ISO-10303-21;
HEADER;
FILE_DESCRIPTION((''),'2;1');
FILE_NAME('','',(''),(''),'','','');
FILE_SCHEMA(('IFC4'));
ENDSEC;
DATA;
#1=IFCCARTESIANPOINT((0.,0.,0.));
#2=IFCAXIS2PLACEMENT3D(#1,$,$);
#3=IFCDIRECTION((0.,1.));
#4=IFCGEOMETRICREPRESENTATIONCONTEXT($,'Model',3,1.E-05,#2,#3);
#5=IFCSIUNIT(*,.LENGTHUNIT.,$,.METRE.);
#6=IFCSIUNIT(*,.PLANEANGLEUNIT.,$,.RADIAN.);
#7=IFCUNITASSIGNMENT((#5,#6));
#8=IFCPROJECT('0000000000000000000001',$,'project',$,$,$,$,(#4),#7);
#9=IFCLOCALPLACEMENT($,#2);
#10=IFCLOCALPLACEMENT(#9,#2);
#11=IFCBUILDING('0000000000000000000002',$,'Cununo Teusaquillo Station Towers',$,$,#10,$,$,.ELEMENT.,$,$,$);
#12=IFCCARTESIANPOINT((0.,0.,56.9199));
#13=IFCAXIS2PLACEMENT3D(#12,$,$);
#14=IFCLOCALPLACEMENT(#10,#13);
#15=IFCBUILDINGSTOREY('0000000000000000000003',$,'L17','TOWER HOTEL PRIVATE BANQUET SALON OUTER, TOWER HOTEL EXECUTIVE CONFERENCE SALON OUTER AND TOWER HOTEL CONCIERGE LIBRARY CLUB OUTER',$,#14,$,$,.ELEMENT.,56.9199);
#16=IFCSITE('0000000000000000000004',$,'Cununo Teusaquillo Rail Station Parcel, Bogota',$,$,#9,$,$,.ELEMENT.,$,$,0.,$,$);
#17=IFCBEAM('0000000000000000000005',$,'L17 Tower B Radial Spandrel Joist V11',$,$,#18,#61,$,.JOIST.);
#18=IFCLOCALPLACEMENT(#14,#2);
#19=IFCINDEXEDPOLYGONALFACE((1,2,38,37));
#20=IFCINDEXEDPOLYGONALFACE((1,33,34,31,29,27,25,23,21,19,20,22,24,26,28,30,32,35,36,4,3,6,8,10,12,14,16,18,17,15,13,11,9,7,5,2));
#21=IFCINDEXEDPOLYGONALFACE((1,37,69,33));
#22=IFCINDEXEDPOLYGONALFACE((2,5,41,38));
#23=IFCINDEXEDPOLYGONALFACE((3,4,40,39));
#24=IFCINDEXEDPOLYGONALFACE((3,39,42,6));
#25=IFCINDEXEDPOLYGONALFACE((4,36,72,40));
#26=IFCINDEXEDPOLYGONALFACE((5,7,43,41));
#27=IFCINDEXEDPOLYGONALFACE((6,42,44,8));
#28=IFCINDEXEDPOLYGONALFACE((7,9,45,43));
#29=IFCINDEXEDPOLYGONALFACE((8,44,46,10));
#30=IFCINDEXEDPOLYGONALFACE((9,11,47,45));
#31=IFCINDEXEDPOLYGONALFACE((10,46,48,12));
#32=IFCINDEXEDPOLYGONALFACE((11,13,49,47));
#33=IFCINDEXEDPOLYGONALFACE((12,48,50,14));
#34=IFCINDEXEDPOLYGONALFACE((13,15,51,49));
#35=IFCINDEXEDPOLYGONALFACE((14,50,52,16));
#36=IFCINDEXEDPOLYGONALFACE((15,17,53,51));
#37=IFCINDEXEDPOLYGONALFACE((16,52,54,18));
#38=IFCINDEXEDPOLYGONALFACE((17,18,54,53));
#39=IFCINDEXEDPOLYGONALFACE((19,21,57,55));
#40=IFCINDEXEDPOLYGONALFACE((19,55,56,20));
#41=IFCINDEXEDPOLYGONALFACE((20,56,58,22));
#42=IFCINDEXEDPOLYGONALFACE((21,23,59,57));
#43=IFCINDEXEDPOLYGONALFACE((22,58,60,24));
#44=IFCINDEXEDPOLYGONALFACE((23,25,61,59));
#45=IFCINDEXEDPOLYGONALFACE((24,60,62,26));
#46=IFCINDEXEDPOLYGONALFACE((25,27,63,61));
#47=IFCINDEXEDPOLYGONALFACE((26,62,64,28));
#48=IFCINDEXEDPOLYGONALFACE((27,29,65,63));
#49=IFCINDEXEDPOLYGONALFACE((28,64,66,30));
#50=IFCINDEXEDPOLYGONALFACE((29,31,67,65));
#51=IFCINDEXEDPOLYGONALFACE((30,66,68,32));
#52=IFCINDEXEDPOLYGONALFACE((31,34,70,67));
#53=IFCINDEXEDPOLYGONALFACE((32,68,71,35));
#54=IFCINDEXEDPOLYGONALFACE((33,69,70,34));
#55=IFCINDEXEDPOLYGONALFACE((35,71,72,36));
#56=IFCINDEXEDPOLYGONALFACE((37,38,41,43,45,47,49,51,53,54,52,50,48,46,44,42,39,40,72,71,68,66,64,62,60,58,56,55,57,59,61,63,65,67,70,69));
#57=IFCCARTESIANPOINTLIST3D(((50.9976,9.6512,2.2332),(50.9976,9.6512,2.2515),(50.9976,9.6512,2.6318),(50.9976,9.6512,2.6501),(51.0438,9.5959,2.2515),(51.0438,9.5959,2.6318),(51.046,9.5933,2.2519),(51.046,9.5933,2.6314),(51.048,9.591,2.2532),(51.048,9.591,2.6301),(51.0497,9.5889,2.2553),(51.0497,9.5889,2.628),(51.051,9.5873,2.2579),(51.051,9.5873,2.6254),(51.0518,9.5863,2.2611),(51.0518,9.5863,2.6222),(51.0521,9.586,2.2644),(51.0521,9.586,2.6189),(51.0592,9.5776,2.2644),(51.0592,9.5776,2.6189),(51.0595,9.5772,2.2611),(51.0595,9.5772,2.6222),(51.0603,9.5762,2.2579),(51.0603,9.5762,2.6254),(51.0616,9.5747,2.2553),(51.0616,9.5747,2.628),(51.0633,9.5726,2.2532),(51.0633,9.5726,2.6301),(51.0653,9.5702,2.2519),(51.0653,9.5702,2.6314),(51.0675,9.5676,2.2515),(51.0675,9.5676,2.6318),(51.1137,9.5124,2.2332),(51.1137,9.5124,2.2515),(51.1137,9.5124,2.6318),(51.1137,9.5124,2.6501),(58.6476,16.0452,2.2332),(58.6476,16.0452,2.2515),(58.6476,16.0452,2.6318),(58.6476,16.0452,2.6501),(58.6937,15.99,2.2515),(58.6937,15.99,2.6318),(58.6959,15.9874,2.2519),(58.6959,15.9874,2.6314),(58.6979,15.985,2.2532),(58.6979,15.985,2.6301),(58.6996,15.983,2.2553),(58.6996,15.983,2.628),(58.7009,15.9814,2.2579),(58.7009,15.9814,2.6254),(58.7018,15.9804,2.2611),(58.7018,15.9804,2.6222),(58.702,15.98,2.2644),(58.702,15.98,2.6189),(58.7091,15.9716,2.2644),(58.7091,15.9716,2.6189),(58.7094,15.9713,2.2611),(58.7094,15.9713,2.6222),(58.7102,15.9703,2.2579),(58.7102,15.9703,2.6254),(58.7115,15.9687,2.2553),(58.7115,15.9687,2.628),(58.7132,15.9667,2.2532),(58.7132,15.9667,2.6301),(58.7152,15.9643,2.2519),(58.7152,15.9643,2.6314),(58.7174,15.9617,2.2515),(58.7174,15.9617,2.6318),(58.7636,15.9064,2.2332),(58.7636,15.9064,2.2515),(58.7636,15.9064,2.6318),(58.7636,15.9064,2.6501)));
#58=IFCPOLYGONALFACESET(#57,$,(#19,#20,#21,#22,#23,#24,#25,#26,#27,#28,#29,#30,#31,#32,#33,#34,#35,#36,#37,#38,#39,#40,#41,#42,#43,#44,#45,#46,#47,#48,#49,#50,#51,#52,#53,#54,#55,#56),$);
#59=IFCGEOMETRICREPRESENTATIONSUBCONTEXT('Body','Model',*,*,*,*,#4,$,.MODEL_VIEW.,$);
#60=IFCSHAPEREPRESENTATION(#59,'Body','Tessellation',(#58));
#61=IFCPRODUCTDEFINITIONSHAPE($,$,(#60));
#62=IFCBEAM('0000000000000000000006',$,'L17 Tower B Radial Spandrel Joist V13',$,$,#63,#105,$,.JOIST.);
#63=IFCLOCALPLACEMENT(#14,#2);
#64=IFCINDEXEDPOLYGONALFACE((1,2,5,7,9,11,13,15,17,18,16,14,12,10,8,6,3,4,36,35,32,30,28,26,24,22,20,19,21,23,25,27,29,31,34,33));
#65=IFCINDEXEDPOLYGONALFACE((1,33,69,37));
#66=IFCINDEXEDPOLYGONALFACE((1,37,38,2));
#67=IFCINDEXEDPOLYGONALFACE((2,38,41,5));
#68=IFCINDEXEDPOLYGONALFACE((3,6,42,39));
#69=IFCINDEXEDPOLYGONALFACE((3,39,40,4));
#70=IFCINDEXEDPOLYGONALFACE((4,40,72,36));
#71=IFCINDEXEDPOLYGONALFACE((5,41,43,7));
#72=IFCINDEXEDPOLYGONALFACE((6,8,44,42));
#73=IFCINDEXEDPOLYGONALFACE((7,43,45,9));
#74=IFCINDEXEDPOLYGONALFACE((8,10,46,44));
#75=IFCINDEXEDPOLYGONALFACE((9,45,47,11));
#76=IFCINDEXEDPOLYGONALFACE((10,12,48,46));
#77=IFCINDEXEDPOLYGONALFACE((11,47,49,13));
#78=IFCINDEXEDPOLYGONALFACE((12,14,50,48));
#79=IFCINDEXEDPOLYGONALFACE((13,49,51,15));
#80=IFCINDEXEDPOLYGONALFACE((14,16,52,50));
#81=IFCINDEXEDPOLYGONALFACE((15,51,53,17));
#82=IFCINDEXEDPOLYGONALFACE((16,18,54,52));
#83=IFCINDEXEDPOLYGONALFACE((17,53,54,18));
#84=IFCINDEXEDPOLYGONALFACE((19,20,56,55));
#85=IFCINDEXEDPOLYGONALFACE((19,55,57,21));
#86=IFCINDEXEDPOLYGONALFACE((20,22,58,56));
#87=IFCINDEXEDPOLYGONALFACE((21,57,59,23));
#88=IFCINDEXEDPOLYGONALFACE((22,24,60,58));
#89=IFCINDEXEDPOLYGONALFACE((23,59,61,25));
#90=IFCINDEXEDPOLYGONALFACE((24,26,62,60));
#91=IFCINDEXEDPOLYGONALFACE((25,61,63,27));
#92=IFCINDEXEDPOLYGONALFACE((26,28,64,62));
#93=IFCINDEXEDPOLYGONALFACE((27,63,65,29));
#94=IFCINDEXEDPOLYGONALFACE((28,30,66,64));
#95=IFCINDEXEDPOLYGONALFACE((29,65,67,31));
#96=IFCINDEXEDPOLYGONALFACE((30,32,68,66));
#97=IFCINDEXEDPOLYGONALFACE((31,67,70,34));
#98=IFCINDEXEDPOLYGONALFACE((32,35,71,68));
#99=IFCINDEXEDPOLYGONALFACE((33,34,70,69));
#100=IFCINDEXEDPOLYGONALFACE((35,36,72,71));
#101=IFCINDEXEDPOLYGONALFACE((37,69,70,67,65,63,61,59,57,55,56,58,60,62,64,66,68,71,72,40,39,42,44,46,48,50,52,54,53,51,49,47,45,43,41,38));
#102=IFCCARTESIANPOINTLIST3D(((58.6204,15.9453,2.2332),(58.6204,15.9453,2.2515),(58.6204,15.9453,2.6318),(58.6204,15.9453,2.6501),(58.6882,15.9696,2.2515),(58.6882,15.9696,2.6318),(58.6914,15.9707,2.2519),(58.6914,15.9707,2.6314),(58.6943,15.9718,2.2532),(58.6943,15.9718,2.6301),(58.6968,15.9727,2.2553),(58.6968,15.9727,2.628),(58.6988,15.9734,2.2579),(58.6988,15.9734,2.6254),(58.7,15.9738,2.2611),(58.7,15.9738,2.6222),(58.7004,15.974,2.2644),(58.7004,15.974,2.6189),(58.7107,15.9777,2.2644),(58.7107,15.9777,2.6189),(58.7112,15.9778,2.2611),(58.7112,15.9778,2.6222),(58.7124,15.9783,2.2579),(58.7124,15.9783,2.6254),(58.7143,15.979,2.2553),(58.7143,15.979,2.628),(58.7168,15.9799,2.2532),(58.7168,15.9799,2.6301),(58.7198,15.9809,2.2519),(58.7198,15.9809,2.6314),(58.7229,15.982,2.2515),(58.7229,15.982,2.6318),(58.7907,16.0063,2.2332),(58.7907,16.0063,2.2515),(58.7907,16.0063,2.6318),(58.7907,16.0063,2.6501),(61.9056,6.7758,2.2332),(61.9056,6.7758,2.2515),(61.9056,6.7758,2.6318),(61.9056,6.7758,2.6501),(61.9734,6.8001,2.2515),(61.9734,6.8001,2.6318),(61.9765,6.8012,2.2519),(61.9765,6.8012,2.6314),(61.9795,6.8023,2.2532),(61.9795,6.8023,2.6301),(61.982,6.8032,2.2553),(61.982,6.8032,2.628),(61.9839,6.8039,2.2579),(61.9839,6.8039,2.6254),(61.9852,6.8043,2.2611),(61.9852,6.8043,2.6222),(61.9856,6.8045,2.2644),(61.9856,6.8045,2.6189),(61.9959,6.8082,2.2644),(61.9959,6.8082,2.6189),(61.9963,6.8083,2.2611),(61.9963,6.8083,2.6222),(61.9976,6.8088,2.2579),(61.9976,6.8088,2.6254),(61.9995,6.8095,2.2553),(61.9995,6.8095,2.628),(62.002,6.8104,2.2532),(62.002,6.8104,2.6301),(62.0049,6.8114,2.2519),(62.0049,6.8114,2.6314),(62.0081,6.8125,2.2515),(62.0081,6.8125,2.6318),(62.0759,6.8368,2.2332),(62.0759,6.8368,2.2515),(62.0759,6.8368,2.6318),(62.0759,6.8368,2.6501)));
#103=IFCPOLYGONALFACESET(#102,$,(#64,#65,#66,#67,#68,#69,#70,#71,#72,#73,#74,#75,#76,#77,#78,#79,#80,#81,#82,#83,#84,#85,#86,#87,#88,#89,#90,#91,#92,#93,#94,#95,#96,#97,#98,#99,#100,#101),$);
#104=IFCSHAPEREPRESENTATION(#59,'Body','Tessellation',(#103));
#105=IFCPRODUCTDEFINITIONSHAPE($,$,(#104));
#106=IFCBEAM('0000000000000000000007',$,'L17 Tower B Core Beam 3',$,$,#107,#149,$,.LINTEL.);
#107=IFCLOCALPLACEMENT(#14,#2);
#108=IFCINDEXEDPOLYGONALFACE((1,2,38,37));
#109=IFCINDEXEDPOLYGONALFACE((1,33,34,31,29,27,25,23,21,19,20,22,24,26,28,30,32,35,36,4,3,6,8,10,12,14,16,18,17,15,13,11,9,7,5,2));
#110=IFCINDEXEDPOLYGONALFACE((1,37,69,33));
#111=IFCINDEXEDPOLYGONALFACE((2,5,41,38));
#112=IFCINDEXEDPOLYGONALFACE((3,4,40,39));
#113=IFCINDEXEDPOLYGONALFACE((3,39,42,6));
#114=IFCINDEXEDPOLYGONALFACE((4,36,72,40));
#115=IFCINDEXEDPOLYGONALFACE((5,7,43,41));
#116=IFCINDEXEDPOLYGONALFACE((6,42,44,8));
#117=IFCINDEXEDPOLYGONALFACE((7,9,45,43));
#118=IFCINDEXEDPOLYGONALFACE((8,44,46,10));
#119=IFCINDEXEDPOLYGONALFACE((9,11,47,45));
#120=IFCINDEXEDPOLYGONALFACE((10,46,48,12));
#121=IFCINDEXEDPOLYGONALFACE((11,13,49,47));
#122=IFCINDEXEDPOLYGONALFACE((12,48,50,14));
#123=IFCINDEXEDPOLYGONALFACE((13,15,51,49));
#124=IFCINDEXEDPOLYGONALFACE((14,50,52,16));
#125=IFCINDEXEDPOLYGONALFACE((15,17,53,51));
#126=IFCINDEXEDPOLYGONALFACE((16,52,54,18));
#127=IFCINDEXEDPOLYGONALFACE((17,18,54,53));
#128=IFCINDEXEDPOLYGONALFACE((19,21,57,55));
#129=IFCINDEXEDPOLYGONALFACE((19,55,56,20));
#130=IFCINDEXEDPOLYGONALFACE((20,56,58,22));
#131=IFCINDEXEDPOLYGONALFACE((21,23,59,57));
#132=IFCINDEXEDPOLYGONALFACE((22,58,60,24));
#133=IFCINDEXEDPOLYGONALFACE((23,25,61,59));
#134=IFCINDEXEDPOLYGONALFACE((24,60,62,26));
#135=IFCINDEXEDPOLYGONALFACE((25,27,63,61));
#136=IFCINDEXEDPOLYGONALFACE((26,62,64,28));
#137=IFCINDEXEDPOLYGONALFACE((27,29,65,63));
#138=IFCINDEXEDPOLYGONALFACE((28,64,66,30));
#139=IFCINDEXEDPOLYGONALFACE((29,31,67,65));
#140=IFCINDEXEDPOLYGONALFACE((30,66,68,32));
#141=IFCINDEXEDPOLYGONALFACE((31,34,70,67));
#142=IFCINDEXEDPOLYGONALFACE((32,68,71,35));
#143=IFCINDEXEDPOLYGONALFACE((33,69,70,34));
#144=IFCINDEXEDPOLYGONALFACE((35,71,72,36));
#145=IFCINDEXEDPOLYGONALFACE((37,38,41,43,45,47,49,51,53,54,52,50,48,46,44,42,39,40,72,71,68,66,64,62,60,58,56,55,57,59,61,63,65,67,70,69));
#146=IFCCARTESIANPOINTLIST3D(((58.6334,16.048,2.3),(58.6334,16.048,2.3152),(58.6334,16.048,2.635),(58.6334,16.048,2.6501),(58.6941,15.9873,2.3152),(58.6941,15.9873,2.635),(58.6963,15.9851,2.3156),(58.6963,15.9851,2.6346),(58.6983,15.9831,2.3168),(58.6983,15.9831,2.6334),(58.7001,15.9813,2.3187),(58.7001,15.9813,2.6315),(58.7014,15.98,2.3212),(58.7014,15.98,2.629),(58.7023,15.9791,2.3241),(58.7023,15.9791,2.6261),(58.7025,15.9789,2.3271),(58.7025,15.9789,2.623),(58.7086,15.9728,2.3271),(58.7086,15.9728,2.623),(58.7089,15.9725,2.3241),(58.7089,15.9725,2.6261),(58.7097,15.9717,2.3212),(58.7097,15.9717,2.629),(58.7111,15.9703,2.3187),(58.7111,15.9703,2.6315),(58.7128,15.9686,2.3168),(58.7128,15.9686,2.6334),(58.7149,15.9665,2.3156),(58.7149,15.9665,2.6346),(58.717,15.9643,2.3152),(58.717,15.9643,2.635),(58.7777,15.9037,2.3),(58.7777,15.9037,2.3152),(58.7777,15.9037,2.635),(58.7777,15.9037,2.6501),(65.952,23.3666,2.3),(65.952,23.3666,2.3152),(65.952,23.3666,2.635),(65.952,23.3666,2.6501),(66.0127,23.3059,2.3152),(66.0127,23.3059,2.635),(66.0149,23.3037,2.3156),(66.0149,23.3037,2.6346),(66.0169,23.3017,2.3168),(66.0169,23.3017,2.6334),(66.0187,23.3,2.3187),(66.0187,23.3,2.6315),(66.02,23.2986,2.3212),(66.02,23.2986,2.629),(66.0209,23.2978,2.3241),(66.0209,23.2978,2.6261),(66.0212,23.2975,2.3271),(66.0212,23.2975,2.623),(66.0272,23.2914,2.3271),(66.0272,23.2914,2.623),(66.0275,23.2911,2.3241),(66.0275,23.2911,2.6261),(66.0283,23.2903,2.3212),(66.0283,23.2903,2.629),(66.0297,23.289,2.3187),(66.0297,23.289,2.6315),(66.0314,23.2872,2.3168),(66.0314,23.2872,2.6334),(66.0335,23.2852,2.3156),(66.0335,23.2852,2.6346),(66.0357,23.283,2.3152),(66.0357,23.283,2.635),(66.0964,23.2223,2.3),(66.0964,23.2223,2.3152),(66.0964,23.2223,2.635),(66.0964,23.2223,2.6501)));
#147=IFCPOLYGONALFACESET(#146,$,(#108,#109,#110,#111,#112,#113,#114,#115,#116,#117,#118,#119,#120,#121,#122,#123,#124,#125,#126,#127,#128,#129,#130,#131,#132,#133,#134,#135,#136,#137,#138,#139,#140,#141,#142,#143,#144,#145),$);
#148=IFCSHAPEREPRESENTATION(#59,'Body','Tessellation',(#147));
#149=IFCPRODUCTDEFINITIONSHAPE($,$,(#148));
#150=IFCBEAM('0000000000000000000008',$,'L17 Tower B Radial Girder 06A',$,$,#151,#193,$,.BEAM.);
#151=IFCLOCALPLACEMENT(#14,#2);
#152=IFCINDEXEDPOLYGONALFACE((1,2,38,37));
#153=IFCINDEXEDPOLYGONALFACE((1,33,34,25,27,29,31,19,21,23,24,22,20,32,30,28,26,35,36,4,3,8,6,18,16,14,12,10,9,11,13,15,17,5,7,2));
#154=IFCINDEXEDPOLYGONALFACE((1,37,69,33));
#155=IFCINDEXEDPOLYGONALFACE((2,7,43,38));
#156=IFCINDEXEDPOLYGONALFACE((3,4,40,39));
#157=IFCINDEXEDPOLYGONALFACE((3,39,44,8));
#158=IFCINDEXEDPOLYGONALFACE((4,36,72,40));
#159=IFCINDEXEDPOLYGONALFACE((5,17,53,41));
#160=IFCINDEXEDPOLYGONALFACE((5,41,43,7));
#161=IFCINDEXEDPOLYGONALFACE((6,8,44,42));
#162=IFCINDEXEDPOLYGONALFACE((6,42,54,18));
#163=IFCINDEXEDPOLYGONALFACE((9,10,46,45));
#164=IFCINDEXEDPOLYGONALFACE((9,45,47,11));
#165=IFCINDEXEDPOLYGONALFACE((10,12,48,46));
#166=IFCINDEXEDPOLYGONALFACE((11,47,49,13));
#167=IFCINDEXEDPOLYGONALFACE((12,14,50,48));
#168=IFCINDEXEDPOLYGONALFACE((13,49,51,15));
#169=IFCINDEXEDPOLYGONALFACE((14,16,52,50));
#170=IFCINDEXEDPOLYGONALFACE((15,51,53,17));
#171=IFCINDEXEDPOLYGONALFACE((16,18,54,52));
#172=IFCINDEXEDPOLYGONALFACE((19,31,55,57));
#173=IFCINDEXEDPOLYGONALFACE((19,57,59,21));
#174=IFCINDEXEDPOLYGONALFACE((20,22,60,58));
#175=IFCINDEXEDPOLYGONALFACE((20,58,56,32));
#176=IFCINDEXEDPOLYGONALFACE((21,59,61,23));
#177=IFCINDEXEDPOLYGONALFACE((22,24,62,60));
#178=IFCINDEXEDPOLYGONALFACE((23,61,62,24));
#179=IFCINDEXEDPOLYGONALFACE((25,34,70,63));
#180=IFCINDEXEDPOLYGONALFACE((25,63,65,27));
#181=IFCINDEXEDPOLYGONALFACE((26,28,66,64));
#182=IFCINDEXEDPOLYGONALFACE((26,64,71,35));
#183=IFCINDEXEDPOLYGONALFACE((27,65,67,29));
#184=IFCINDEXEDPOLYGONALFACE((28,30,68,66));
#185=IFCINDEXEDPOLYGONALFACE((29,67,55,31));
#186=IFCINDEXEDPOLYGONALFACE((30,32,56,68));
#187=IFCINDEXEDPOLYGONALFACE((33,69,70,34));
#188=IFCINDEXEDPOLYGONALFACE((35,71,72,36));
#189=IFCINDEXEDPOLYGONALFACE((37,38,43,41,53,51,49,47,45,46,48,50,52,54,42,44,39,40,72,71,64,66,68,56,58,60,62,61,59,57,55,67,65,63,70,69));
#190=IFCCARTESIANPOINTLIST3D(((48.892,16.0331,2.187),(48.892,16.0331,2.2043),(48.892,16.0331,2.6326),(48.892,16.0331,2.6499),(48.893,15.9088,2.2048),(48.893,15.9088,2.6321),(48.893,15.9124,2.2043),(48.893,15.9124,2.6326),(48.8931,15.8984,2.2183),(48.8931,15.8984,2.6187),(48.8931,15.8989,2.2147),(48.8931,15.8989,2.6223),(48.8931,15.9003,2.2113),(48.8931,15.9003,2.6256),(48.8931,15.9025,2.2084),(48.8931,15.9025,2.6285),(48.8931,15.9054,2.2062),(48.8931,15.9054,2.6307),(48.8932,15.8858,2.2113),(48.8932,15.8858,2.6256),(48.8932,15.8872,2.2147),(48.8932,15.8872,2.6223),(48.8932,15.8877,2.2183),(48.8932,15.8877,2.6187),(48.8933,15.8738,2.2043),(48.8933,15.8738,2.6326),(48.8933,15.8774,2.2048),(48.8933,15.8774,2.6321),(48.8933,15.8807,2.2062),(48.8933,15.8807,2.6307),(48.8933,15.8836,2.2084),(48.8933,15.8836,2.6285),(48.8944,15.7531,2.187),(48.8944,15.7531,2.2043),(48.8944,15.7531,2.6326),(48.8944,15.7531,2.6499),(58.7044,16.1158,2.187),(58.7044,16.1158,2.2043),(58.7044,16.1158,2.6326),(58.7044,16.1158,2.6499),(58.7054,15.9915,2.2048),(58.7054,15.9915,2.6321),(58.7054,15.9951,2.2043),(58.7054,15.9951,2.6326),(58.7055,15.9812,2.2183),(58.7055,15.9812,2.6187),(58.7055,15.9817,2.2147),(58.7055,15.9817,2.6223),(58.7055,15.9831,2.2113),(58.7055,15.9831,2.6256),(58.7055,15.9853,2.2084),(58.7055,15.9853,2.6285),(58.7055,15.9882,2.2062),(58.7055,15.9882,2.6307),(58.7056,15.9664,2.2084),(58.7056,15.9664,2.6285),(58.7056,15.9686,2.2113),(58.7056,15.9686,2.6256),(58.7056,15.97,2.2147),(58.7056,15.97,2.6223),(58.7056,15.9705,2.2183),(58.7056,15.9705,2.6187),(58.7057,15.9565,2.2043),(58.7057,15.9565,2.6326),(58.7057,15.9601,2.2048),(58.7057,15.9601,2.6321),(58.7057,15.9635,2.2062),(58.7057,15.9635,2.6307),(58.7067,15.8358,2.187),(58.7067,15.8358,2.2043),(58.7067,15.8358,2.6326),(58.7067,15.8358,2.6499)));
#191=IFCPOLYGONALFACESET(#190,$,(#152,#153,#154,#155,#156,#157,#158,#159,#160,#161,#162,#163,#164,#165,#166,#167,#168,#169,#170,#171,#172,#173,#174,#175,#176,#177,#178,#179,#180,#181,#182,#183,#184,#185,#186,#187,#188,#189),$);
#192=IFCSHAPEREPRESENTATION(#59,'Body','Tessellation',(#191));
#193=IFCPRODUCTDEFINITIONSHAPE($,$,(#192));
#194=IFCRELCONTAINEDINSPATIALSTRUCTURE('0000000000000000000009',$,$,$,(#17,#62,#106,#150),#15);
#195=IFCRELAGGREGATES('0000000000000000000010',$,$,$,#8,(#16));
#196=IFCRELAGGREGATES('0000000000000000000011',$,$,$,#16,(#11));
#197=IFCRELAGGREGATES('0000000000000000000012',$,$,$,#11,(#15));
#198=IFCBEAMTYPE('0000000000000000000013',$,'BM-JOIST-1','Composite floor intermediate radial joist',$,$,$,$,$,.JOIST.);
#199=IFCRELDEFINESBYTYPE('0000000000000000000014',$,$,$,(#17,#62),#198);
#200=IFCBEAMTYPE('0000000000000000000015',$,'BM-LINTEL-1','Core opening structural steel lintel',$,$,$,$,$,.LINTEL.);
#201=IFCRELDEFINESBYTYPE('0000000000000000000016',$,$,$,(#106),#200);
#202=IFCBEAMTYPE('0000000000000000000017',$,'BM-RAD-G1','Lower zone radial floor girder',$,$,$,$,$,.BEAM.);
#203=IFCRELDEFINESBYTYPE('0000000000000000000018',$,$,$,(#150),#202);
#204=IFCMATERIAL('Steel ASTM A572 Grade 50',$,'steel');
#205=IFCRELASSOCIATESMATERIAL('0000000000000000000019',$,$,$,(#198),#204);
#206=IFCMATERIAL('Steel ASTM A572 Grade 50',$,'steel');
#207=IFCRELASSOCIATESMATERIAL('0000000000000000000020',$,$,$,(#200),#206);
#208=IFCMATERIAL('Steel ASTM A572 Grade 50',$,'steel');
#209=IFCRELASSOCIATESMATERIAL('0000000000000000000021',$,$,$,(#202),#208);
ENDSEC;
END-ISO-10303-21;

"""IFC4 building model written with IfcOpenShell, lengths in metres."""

from ifc_helpers import new_model, si_unit, direction, frame, origin, origin_2d, place, context, subcontext, project, spatial, i_section, extrude, material, material_profile, profile_set, type_object, element, save


model = new_model("IFC4")

# Units and contexts
model_context = context("Model", 3, precision=1e-05, world=origin(), true_north=direction((0.0, 1.0)))
body_context = subcontext(model_context, "Body", "Model", "MODEL_VIEW")
ifc_project = project(units=[si_unit("LENGTHUNIT", "METRE"), si_unit("PLANEANGLEUNIT", "RADIAN")], contexts=[model_context])

# Site, building, storey
site_placement = place(None, origin())
site = spatial("IfcSite", under=ifc_project, at=site_placement, Name="Cununo Teusaquillo Rail Station Parcel, Bogota", CompositionType="ELEMENT", RefElevation=0.0)
building_placement = place(site_placement, origin())
building = spatial("IfcBuilding", under=site, at=building_placement, Name="Cununo Teusaquillo Station Towers", CompositionType="ELEMENT")
storey_placement = place(building_placement, frame((0.0, 0.0, 56.9199)))
storey = spatial("IfcBuildingStorey", under=building, at=storey_placement, Name="L17", Description="TOWER HOTEL PRIVATE BANQUET SALON OUTER, TOWER HOTEL EXECUTIVE CONFERENCE SALON OUTER AND TOWER HOTEL CONCIERGE LIBRARY CLUB OUTER", CompositionType="ELEMENT", Elevation=56.9199)

# Beams
ifc_material_1 = material(Name="Steel ASTM A572 Grade 50", Category="steel")
ifc_material_profile_1 = material_profile(ifc_material_1, i_section(OverallWidth=0.1809, OverallDepth=0.417, WebThickness=0.011, FlangeThickness=0.0183, FilletRadius=0.0129, at=origin_2d()), Name="W16X57")
ifc_profile_set_1 = profile_set([ifc_material_profile_1], Name="Steel ASTM A572 Grade 50")
beam_type_1 = type_object("IfcBeamType", Name="BM-JOIST-1", Description="Composite floor intermediate radial joist", PredefinedType="JOIST", material=ifc_profile_set_1)
beam_1_placement = place(storey_placement, frame((58.7056, 15.9758, 2.4417), z_axis=(-0.767277, -0.641316, 0.0), x_axis=(0.641316, -0.767277, 0.0)))
element("IfcBeam", 1, at=beam_1_placement, inside=storey, type_object=beam_type_1, Name="L17 Tower B Radial Spandrel Joist V11", PredefinedType="JOIST", context=body_context, shape_type="SweptSolid", body=[
    extrude(i_section(OverallWidth=0.1809, OverallDepth=0.417, WebThickness=0.011, FlangeThickness=0.0183, FilletRadius=0.0129, at=origin_2d()), origin(), (0.0, 0.0, 1.0), 9.9702),
])
beam_2_placement = place(storey_placement, frame((58.7056, 15.9758, 2.4417), z_axis=(0.337279, -0.941405, 0.0), x_axis=(0.941405, 0.337279, 0.0)))
element("IfcBeam", 2, at=beam_2_placement, inside=storey, type_object=beam_type_1, Name="L17 Tower B Radial Spandrel Joist V13", PredefinedType="JOIST", context=body_context, shape_type="SweptSolid", body=[
    extrude(i_section(OverallWidth=0.1809, OverallDepth=0.417, WebThickness=0.011, FlangeThickness=0.0183, FilletRadius=0.0129, at=origin_2d()), origin(), (0.0, 0.0, 1.0), 9.7402),
])
ifc_material_2 = material(Name="Steel ASTM A572 Grade 50", Category="steel")
ifc_material_profile_2 = material_profile(ifc_material_2, i_section(OverallWidth=0.2041, OverallDepth=0.3501, WebThickness=0.0085, FlangeThickness=0.0151, FilletRadius=0.012, at=origin_2d()), Name="W14X48")
ifc_profile_set_2 = profile_set([ifc_material_profile_2], Name="Steel ASTM A572 Grade 50")
beam_type_2 = type_object("IfcBeamType", Name="BM-LINTEL-1", Description="Core opening structural steel lintel", PredefinedType="LINTEL", material=ifc_profile_set_2)
beam_3_placement = place(storey_placement, frame((58.7056, 15.9758, 2.4751), z_axis=(0.707107, 0.707107, 0.0), x_axis=(-0.707107, 0.707107, 0.0)))
element("IfcBeam", 3, at=beam_3_placement, inside=storey, type_object=beam_type_2, Name="L17 Tower B Core Beam 3", PredefinedType="LINTEL", context=body_context, shape_type="SweptSolid", body=[
    extrude(i_section(OverallWidth=0.2041, OverallDepth=0.3501, WebThickness=0.0085, FlangeThickness=0.0151, FilletRadius=0.012, at=origin_2d()), origin(), (0.0, 0.0, 1.0), 10.3501),
])
ifc_material_3 = material(Name="Steel ASTM A572 Grade 50", Category="steel")
ifc_material_profile_3 = material_profile(ifc_material_3, i_section(OverallWidth=0.28, OverallDepth=0.4629, WebThickness=0.0107, FlangeThickness=0.0173, FilletRadius=0.0139, at=origin_2d()), Name="W18X76")
ifc_profile_set_3 = profile_set([ifc_material_profile_3], Name="Steel ASTM A572 Grade 50")
beam_type_3 = type_object("IfcBeamType", Name="BM-RAD-G1", Description="Lower zone radial floor girder", PredefinedType="BEAM", material=ifc_profile_set_3)
beam_4_placement = place(storey_placement, frame((58.7056, 15.9758, 2.4185), z_axis=(-0.999964, -0.008434, 0.0), x_axis=(0.008434, -0.999964, 0.0)))
element("IfcBeam", 4, at=beam_4_placement, inside=storey, type_object=beam_type_3, Name="L17 Tower B Radial Girder 06A", PredefinedType="BEAM", context=body_context, shape_type="SweptSolid", body=[
    extrude(i_section(OverallWidth=0.28, OverallDepth=0.4629, WebThickness=0.0107, FlangeThickness=0.0173, FilletRadius=0.0139, at=origin_2d()), origin(), (0.0, 0.0, 1.0), 9.8127),
])

save(model, "model.ifc")
